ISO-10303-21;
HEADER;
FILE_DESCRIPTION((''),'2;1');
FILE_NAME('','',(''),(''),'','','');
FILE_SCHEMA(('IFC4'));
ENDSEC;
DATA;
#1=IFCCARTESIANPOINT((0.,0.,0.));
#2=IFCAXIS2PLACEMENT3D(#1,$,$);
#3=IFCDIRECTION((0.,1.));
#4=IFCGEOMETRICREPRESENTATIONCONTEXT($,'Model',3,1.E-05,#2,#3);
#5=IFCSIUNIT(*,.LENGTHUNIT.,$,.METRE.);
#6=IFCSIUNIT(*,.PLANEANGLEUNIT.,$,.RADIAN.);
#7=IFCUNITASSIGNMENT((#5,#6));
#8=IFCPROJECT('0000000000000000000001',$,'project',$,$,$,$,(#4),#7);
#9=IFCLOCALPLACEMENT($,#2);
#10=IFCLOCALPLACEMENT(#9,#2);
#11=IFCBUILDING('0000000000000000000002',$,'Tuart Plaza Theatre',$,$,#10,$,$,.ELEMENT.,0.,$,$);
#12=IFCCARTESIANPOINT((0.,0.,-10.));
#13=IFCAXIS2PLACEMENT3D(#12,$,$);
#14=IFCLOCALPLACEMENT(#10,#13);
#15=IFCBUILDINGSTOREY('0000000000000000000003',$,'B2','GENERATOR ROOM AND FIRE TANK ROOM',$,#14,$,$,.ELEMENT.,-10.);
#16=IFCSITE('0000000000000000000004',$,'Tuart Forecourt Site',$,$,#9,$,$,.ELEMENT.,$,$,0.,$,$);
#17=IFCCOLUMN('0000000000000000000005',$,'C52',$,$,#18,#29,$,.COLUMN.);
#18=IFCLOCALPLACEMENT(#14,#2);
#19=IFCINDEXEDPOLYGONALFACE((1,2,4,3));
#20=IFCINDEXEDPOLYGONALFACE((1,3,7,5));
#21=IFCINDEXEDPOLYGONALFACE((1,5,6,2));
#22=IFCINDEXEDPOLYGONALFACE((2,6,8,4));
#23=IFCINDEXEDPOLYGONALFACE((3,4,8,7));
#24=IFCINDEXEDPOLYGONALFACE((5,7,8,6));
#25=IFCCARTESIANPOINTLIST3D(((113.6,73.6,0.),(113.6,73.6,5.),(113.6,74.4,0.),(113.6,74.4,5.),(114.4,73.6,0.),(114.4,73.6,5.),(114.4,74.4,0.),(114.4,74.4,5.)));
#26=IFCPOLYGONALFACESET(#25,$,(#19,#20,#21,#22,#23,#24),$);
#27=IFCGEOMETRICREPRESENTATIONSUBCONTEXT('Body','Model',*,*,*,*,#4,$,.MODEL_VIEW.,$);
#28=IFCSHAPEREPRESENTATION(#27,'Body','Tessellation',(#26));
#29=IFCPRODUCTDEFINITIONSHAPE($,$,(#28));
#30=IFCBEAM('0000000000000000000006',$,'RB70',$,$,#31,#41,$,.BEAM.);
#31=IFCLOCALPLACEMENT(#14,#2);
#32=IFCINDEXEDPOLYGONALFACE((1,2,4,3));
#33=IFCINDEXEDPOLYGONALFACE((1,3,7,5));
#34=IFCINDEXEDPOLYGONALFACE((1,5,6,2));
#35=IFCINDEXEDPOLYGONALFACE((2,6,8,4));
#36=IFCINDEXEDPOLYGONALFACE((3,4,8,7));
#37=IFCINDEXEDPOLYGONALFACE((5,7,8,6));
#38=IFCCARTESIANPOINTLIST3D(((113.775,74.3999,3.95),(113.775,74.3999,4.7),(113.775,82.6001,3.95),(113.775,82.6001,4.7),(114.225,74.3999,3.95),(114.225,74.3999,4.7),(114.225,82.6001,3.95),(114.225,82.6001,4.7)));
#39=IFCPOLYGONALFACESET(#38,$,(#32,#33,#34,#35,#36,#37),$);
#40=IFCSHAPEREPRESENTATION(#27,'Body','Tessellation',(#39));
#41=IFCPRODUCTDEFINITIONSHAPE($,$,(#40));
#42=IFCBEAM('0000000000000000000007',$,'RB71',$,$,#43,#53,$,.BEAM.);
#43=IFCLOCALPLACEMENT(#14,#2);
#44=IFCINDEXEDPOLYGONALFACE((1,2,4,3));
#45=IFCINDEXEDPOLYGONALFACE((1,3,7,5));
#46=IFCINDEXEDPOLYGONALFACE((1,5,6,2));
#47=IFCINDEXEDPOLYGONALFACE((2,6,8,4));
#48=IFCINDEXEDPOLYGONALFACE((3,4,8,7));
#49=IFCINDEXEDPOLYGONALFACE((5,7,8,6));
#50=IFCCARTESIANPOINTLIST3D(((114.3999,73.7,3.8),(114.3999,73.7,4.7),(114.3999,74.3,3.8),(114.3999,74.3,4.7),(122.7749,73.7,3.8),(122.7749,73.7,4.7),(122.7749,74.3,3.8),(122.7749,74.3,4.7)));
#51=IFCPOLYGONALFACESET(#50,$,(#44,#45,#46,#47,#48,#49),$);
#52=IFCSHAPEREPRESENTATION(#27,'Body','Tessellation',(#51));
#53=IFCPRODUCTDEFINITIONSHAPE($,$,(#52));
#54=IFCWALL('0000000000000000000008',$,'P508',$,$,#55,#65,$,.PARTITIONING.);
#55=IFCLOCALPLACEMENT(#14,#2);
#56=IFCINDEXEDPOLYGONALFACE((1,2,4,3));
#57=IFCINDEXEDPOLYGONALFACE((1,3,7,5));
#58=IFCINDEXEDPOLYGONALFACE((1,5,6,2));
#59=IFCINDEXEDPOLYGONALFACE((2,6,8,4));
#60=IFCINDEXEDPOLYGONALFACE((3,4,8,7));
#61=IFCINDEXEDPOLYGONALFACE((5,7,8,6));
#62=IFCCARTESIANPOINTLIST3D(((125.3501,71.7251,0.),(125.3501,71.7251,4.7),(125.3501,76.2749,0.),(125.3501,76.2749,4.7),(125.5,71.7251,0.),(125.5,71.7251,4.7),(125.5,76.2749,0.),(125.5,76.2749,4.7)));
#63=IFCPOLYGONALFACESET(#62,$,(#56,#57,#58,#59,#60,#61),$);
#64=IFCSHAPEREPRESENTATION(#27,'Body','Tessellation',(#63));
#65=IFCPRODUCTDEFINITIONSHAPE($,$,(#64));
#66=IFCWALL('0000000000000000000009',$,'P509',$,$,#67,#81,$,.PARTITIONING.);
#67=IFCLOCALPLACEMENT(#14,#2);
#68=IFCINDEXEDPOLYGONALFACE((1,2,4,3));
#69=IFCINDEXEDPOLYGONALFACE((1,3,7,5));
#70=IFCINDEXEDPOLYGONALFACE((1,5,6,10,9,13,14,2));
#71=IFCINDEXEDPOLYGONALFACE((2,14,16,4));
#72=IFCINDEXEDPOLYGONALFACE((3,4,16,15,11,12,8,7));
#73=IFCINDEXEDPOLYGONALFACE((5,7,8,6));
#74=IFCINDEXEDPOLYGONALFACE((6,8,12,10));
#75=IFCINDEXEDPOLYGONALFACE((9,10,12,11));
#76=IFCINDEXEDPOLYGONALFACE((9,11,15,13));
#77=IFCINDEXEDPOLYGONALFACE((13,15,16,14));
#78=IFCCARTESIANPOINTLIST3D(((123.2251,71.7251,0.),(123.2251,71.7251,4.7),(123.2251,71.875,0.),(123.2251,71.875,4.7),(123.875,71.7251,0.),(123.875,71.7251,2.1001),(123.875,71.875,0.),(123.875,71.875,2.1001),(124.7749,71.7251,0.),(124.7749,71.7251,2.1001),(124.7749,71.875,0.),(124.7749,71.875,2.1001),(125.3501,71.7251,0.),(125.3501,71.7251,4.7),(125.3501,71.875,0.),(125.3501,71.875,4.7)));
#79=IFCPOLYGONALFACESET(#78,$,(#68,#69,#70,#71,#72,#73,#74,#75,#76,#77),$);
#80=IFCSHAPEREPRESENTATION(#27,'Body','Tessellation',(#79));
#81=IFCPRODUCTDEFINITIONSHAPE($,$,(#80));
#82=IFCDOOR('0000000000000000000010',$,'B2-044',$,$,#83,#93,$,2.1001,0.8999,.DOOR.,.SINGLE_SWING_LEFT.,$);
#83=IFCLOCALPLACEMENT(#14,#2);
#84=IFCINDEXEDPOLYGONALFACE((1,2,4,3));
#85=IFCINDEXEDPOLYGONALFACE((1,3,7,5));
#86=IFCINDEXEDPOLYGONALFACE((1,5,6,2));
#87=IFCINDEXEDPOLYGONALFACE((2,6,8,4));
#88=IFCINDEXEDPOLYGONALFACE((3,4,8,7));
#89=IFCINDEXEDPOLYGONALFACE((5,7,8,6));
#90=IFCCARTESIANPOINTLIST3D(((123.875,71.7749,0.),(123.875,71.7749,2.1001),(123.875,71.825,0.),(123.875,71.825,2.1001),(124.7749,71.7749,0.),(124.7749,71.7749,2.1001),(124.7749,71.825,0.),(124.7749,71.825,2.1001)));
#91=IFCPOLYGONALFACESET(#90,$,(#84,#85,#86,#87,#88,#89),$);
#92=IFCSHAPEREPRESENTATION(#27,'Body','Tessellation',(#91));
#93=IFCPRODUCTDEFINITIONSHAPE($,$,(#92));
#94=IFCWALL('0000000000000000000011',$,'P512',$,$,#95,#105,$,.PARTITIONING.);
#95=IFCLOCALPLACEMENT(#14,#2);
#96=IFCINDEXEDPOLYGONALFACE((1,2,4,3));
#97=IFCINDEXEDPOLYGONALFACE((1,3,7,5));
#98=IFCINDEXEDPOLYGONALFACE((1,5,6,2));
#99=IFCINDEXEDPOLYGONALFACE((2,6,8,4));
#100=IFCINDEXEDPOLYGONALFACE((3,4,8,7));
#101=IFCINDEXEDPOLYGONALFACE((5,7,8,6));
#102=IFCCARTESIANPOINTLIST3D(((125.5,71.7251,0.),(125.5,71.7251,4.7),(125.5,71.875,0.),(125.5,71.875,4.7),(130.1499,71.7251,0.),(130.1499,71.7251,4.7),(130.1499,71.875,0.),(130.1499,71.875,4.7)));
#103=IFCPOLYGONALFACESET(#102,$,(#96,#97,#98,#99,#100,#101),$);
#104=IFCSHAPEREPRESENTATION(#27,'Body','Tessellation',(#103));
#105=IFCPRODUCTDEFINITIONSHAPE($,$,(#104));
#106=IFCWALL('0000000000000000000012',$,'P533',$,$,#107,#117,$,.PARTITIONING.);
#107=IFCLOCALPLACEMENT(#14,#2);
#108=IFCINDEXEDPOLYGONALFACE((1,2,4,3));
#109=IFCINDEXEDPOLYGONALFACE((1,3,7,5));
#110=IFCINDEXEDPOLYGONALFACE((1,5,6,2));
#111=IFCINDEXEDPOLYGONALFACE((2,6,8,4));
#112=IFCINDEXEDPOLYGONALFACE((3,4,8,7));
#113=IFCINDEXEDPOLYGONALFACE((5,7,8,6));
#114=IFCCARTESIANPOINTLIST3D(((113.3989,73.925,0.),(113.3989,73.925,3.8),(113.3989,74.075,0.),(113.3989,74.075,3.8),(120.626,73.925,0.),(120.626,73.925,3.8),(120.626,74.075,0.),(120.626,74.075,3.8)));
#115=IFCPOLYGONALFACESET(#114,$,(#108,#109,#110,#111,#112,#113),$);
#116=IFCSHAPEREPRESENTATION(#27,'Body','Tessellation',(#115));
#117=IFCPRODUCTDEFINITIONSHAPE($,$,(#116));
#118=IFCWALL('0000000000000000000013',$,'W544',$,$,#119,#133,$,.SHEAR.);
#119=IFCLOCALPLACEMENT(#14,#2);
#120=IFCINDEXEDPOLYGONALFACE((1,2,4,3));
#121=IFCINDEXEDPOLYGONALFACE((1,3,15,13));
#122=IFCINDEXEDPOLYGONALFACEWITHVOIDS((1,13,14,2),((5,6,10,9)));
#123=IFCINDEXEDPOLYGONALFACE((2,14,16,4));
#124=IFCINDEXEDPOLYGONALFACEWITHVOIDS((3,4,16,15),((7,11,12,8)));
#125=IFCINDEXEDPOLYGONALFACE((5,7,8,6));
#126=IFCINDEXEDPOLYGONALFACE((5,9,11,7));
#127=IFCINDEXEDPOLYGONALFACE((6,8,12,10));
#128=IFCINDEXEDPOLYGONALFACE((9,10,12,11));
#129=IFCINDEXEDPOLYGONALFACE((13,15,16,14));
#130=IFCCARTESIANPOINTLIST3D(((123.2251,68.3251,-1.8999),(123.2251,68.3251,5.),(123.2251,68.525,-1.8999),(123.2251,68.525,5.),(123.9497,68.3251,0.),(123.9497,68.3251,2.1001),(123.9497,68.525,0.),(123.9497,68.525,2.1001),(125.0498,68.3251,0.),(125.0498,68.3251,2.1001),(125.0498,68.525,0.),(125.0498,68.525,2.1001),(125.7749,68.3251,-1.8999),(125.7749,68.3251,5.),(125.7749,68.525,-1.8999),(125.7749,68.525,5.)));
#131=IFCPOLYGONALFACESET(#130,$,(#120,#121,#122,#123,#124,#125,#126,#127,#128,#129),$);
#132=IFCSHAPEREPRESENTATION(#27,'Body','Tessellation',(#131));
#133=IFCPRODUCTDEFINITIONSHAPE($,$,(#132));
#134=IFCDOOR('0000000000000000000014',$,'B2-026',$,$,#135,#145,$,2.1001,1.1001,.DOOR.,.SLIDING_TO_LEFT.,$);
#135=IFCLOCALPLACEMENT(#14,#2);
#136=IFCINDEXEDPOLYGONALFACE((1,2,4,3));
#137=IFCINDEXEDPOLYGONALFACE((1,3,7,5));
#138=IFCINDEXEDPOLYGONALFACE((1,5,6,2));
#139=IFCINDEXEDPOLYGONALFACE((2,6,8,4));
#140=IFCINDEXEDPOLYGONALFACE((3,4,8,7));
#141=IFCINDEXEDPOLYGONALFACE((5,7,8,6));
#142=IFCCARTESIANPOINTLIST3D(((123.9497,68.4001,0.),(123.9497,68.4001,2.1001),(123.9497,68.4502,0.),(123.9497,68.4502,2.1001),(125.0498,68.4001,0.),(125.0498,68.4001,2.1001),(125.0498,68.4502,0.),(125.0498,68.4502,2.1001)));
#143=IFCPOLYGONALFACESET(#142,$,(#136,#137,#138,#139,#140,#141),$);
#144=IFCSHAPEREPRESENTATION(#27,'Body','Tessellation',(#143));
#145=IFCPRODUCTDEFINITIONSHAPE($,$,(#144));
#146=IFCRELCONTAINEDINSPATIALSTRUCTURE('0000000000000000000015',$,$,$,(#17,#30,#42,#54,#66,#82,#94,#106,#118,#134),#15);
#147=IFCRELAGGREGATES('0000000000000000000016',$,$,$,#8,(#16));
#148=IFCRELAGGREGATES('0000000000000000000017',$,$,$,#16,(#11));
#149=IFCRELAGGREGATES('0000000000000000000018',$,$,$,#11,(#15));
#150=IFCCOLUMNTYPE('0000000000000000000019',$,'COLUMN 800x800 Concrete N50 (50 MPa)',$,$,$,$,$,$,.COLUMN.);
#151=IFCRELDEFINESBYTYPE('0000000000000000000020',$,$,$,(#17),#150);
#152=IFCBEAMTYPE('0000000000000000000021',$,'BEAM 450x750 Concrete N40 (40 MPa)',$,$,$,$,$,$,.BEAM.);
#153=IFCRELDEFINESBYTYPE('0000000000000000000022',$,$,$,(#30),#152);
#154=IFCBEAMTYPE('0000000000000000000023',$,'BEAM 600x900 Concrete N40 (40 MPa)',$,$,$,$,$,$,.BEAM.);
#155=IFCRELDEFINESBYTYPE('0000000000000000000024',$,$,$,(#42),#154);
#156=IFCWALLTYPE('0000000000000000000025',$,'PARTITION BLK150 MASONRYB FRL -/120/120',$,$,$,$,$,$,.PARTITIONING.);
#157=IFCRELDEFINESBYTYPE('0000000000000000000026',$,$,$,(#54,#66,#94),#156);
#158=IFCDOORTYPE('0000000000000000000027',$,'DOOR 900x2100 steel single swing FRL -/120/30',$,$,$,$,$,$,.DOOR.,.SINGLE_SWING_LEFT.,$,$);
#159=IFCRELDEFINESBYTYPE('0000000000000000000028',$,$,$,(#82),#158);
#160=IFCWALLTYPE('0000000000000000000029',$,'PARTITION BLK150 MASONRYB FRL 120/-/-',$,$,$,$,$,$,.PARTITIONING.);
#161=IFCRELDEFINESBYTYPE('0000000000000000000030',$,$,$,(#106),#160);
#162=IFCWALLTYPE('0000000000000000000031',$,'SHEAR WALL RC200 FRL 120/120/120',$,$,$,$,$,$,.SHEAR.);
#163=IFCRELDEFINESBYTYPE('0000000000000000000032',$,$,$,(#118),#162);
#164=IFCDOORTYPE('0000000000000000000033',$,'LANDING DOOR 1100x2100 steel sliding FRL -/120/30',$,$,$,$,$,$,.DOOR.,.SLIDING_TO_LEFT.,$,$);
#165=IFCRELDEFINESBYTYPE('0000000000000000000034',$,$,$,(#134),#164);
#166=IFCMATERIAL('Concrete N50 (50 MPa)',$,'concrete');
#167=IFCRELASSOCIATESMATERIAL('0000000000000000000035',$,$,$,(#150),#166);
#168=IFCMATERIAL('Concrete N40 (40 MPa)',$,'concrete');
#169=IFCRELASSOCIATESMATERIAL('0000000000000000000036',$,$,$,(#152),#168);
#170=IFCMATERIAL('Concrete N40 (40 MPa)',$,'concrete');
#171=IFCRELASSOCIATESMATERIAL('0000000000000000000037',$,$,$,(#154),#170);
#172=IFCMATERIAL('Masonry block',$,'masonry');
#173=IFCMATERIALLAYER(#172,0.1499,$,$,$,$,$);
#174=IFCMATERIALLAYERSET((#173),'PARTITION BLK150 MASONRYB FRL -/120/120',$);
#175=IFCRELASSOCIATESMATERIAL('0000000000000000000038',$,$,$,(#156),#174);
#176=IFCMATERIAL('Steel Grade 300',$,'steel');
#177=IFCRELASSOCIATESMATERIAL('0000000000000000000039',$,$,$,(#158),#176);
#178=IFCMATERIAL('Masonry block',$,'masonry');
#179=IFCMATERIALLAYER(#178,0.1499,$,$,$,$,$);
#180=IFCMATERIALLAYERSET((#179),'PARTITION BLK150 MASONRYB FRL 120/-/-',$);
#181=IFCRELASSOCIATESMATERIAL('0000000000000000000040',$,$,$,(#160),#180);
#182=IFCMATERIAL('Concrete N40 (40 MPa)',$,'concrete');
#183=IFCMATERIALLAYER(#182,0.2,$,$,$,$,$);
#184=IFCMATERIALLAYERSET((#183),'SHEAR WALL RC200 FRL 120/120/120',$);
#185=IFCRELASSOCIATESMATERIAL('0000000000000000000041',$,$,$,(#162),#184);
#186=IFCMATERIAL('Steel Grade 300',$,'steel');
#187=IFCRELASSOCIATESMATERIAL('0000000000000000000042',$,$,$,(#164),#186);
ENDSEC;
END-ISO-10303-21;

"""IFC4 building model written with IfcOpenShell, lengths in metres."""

from ifc_helpers import new_model, si_unit, direction, frame, frame_2d, origin, origin_2d, place, context, subcontext, project, spatial, rectangle, extrude, material, layer, layer_set, material_profile, profile_set, type_object, element, fill, save


model = new_model("IFC4")

# Units and contexts
model_context = context("Model", 3, precision=1e-05, world=origin(), true_north=direction((0.0, 1.0)))
body_context = subcontext(model_context, "Body", "Model", "MODEL_VIEW")
ifc_project = project(units=[si_unit("LENGTHUNIT", "METRE"), si_unit("PLANEANGLEUNIT", "RADIAN")], contexts=[model_context])

# Site, building, storey
site_placement = place(None, origin())
site = spatial("IfcSite", under=ifc_project, at=site_placement, Name="Tuart Forecourt Site", CompositionType="ELEMENT", RefElevation=0.0)
building_placement = place(site_placement, origin())
building = spatial("IfcBuilding", under=site, at=building_placement, Name="Tuart Plaza Theatre", CompositionType="ELEMENT", ElevationOfRefHeight=0.0)
storey_placement = place(building_placement, frame((0.0, 0.0, -10.0)))
storey = spatial("IfcBuildingStorey", under=building, at=storey_placement, Name="B2", Description="GENERATOR ROOM AND FIRE TANK ROOM", CompositionType="ELEMENT", Elevation=-10.0)

# Column
ifc_material_1 = material(Name="Concrete N50 (50 MPa)", Category="concrete")
ifc_material_profile_1 = material_profile(ifc_material_1, rectangle(XDim=0.8, YDim=0.8, at=origin_2d()), Name="COLUMN 800x800 Concrete N50 (50 MPa)")
ifc_profile_set_1 = profile_set([ifc_material_profile_1], Name="Concrete N50 (50 MPa)")
column_type = type_object("IfcColumnType", Name="COLUMN 800x800 Concrete N50 (50 MPa)", PredefinedType="COLUMN", material=ifc_profile_set_1)
column_placement = place(storey_placement, frame((114.0, 74.0, 0.0), z_axis=(0.0, 0.0, 1.0), x_axis=(1.0, 0.0, 0.0)))
element("IfcColumn", 1, at=column_placement, inside=storey, type_object=column_type, Name="C52", PredefinedType="COLUMN", context=body_context, shape_type="SweptSolid", body=[
    extrude(rectangle(XDim=0.8, YDim=0.8, at=origin_2d()), origin(), (0.0, 0.0, 1.0), 5.0),
])

# Beams
ifc_material_2 = material(Name="Concrete N40 (40 MPa)", Category="concrete")
ifc_material_profile_2 = material_profile(ifc_material_2, rectangle(XDim=0.45, YDim=0.75, at=origin_2d()), Name="BEAM 450x750 Concrete N40 (40 MPa)")
ifc_profile_set_2 = profile_set([ifc_material_profile_2], Name="Concrete N40 (40 MPa)")
beam_type_1 = type_object("IfcBeamType", Name="BEAM 450x750 Concrete N40 (40 MPa)", PredefinedType="BEAM", material=ifc_profile_set_2)
beam_1_placement = place(storey_placement, frame((114.0, 74.3999, 4.325), z_axis=(0.0, 1.0, 0.0), x_axis=(-1.0, 0.0, 0.0)))
element("IfcBeam", 2, at=beam_1_placement, inside=storey, type_object=beam_type_1, Name="RB70", PredefinedType="BEAM", context=body_context, shape_type="SweptSolid", body=[
    extrude(rectangle(XDim=0.45, YDim=0.75, at=origin_2d()), origin(), (0.0, 0.0, 1.0), 8.2002),
])
ifc_material_3 = material(Name="Concrete N40 (40 MPa)", Category="concrete")
ifc_material_profile_3 = material_profile(ifc_material_3, rectangle(XDim=0.6001, YDim=0.8999, at=origin_2d()), Name="BEAM 600x900 Concrete N40 (40 MPa)")
ifc_profile_set_3 = profile_set([ifc_material_profile_3], Name="Concrete N40 (40 MPa)")
beam_type_2 = type_object("IfcBeamType", Name="BEAM 600x900 Concrete N40 (40 MPa)", PredefinedType="BEAM", material=ifc_profile_set_3)
beam_2_placement = place(storey_placement, frame((114.3999, 74.0, 4.25), z_axis=(1.0, 0.0, 0.0), x_axis=(0.0, 1.0, 0.0)))
element("IfcBeam", 3, at=beam_2_placement, inside=storey, type_object=beam_type_2, Name="RB71", PredefinedType="BEAM", context=body_context, shape_type="SweptSolid", body=[
    extrude(rectangle(XDim=0.6001, YDim=0.8999, at=origin_2d()), origin(), (0.0, 0.0, 1.0), 8.375),
])

# Wall
ifc_material_4 = material(Name="Masonry block", Category="masonry")
ifc_layer_1 = layer(ifc_material_4, 0.1499)
ifc_layer_set_1 = layer_set([ifc_layer_1], Name="PARTITION BLK150 MASONRYB FRL -/120/120")
wall_type_1 = type_object("IfcWallType", Name="PARTITION BLK150 MASONRYB FRL -/120/120", PredefinedType="PARTITIONING", material=ifc_layer_set_1)
wall_1_placement = place(storey_placement, frame((125.425, 71.7251, 0.0), z_axis=(0.0, 0.0, 1.0), x_axis=(0.0, 1.0, 0.0)))
element("IfcWall", 4, at=wall_1_placement, inside=storey, type_object=wall_type_1, Name="P508", PredefinedType="PARTITIONING", context=body_context, shape_type="SweptSolid", body=[
    extrude(rectangle(XDim=4.5498, YDim=0.1499, at=frame_2d((2.2749, 0.0))), origin(), (0.0, 0.0, 1.0), 4.7),
])

# Wall, opening, door
wall_2_placement = place(storey_placement, frame((123.2251, 71.8, 0.0), z_axis=(0.0, 0.0, 1.0), x_axis=(1.0, 0.0, 0.0)))
wall_2 = element("IfcWall", 5, at=wall_2_placement, inside=storey, type_object=wall_type_1, Name="P509", PredefinedType="PARTITIONING", context=body_context, shape_type="SweptSolid", body=[
    extrude(rectangle(XDim=2.125, YDim=0.1499, at=frame_2d((1.0625, 0.0))), origin(), (0.0, 0.0, 1.0), 4.7),
])
opening_1_placement = place(wall_2_placement, frame((0.6499, 0.0, 0.0)))
opening_1 = element("IfcOpeningElement", 6, at=opening_1_placement, cuts=wall_2, PredefinedType="OPENING", context=body_context, shape_type="SweptSolid", body=[
    extrude(rectangle(XDim=0.8999, YDim=2.1001, at=frame_2d((0.45, 1.05))), frame((0.0, 0.085, 0.0), z_axis=(0.0, -1.0, 0.0), x_axis=(1.0, 0.0, 0.0)), (0.0, 0.0, 1.0), 0.1699),
])
ifc_material_5 = material(Name="Steel Grade 300", Category="steel")
door_type_1 = type_object("IfcDoorType", Name="DOOR 900x2100 steel single swing FRL -/120/30", OperationType="SINGLE_SWING_LEFT", PredefinedType="DOOR", material=ifc_material_5)
door_1_placement = place(opening_1_placement, origin())
door_1 = element("IfcDoor", 7, at=door_1_placement, inside=storey, type_object=door_type_1, Name="B2-044", OperationType="SINGLE_SWING_LEFT", OverallHeight=2.1001, OverallWidth=0.8999, PredefinedType="DOOR", context=body_context, shape_type="SweptSolid", body=[
    extrude(rectangle(XDim=0.8999, YDim=2.1001, at=frame_2d((0.45, 1.05))), frame((0.0, 0.0249, 0.0), z_axis=(0.0, -1.0, 0.0), x_axis=(1.0, 0.0, 0.0)), (0.0, 0.0, 1.0), 0.05),
])
fill(opening_1, door_1)

# Walls
wall_3_placement = place(storey_placement, frame((125.5, 71.8, 0.0), z_axis=(0.0, 0.0, 1.0), x_axis=(1.0, 0.0, 0.0)))
element("IfcWall", 8, at=wall_3_placement, inside=storey, type_object=wall_type_1, Name="P512", PredefinedType="PARTITIONING", context=body_context, shape_type="SweptSolid", body=[
    extrude(rectangle(XDim=4.6499, YDim=0.1499, at=frame_2d((2.325, 0.0))), origin(), (0.0, 0.0, 1.0), 4.7),
])
ifc_material_6 = material(Name="Masonry block", Category="masonry")
ifc_layer_2 = layer(ifc_material_6, 0.1499)
ifc_layer_set_2 = layer_set([ifc_layer_2], Name="PARTITION BLK150 MASONRYB FRL 120/-/-")
wall_type_2 = type_object("IfcWallType", Name="PARTITION BLK150 MASONRYB FRL 120/-/-", PredefinedType="PARTITIONING", material=ifc_layer_set_2)
wall_4_placement = place(storey_placement, frame((113.3989, 74.0, 0.0), z_axis=(0.0, 0.0, 1.0), x_axis=(1.0, 0.0, 0.0)))
element("IfcWall", 9, at=wall_4_placement, inside=storey, type_object=wall_type_2, Name="P533", PredefinedType="PARTITIONING", context=body_context, shape_type="SweptSolid", body=[
    extrude(rectangle(XDim=7.2271, YDim=0.1499, at=frame_2d((3.6135, 0.0))), origin(), (0.0, 0.0, 1.0), 3.8),
])

# Wall, opening, door
ifc_material_7 = material(Name="Concrete N40 (40 MPa)", Category="concrete")
ifc_layer_3 = layer(ifc_material_7, 0.2)
ifc_layer_set_3 = layer_set([ifc_layer_3], Name="SHEAR WALL RC200 FRL 120/120/120")
wall_type_3 = type_object("IfcWallType", Name="SHEAR WALL RC200 FRL 120/120/120", PredefinedType="SHEAR", material=ifc_layer_set_3)
wall_5_placement = place(storey_placement, frame((125.7749, 68.425, -1.8999), z_axis=(0.0, 0.0, 1.0), x_axis=(-1.0, 0.0, 0.0)))
wall_5 = element("IfcWall", 10, at=wall_5_placement, inside=storey, type_object=wall_type_3, Name="W544", PredefinedType="SHEAR", context=body_context, shape_type="SweptSolid", body=[
    extrude(rectangle(XDim=2.5498, YDim=0.2, at=frame_2d((1.2749, 0.0))), origin(), (0.0, 0.0, 1.0), 6.8999),
])
opening_2_placement = place(wall_5_placement, frame((0.7251, 0.0, 1.8999)))
opening_2 = element("IfcOpeningElement", 11, at=opening_2_placement, cuts=wall_5, PredefinedType="OPENING", context=body_context, shape_type="SweptSolid", body=[
    extrude(rectangle(XDim=1.1001, YDim=2.1001, at=frame_2d((0.55, 1.05))), frame((0.0, 0.1099, 0.0), z_axis=(0.0, -1.0, 0.0), x_axis=(1.0, 0.0, 0.0)), (0.0, 0.0, 1.0), 0.22),
])
ifc_material_8 = material(Name="Steel Grade 300", Category="steel")
door_type_2 = type_object("IfcDoorType", Name="LANDING DOOR 1100x2100 steel sliding FRL -/120/30", OperationType="SLIDING_TO_LEFT", PredefinedType="DOOR", material=ifc_material_8)
door_2_placement = place(opening_2_placement, origin())
door_2 = element("IfcDoor", 12, at=door_2_placement, inside=storey, type_object=door_type_2, Name="B2-026", OperationType="SLIDING_TO_LEFT", OverallHeight=2.1001, OverallWidth=1.1001, PredefinedType="DOOR", context=body_context, shape_type="SweptSolid", body=[
    extrude(rectangle(XDim=1.1001, YDim=2.1001, at=frame_2d((0.55, 1.05))), frame((0.0, 0.0249, 0.0), z_axis=(0.0, -1.0, 0.0), x_axis=(1.0, 0.0, 0.0)), (0.0, 0.0, 1.0), 0.05),
])
fill(opening_2, door_2)

save(model, "model.ifc")
